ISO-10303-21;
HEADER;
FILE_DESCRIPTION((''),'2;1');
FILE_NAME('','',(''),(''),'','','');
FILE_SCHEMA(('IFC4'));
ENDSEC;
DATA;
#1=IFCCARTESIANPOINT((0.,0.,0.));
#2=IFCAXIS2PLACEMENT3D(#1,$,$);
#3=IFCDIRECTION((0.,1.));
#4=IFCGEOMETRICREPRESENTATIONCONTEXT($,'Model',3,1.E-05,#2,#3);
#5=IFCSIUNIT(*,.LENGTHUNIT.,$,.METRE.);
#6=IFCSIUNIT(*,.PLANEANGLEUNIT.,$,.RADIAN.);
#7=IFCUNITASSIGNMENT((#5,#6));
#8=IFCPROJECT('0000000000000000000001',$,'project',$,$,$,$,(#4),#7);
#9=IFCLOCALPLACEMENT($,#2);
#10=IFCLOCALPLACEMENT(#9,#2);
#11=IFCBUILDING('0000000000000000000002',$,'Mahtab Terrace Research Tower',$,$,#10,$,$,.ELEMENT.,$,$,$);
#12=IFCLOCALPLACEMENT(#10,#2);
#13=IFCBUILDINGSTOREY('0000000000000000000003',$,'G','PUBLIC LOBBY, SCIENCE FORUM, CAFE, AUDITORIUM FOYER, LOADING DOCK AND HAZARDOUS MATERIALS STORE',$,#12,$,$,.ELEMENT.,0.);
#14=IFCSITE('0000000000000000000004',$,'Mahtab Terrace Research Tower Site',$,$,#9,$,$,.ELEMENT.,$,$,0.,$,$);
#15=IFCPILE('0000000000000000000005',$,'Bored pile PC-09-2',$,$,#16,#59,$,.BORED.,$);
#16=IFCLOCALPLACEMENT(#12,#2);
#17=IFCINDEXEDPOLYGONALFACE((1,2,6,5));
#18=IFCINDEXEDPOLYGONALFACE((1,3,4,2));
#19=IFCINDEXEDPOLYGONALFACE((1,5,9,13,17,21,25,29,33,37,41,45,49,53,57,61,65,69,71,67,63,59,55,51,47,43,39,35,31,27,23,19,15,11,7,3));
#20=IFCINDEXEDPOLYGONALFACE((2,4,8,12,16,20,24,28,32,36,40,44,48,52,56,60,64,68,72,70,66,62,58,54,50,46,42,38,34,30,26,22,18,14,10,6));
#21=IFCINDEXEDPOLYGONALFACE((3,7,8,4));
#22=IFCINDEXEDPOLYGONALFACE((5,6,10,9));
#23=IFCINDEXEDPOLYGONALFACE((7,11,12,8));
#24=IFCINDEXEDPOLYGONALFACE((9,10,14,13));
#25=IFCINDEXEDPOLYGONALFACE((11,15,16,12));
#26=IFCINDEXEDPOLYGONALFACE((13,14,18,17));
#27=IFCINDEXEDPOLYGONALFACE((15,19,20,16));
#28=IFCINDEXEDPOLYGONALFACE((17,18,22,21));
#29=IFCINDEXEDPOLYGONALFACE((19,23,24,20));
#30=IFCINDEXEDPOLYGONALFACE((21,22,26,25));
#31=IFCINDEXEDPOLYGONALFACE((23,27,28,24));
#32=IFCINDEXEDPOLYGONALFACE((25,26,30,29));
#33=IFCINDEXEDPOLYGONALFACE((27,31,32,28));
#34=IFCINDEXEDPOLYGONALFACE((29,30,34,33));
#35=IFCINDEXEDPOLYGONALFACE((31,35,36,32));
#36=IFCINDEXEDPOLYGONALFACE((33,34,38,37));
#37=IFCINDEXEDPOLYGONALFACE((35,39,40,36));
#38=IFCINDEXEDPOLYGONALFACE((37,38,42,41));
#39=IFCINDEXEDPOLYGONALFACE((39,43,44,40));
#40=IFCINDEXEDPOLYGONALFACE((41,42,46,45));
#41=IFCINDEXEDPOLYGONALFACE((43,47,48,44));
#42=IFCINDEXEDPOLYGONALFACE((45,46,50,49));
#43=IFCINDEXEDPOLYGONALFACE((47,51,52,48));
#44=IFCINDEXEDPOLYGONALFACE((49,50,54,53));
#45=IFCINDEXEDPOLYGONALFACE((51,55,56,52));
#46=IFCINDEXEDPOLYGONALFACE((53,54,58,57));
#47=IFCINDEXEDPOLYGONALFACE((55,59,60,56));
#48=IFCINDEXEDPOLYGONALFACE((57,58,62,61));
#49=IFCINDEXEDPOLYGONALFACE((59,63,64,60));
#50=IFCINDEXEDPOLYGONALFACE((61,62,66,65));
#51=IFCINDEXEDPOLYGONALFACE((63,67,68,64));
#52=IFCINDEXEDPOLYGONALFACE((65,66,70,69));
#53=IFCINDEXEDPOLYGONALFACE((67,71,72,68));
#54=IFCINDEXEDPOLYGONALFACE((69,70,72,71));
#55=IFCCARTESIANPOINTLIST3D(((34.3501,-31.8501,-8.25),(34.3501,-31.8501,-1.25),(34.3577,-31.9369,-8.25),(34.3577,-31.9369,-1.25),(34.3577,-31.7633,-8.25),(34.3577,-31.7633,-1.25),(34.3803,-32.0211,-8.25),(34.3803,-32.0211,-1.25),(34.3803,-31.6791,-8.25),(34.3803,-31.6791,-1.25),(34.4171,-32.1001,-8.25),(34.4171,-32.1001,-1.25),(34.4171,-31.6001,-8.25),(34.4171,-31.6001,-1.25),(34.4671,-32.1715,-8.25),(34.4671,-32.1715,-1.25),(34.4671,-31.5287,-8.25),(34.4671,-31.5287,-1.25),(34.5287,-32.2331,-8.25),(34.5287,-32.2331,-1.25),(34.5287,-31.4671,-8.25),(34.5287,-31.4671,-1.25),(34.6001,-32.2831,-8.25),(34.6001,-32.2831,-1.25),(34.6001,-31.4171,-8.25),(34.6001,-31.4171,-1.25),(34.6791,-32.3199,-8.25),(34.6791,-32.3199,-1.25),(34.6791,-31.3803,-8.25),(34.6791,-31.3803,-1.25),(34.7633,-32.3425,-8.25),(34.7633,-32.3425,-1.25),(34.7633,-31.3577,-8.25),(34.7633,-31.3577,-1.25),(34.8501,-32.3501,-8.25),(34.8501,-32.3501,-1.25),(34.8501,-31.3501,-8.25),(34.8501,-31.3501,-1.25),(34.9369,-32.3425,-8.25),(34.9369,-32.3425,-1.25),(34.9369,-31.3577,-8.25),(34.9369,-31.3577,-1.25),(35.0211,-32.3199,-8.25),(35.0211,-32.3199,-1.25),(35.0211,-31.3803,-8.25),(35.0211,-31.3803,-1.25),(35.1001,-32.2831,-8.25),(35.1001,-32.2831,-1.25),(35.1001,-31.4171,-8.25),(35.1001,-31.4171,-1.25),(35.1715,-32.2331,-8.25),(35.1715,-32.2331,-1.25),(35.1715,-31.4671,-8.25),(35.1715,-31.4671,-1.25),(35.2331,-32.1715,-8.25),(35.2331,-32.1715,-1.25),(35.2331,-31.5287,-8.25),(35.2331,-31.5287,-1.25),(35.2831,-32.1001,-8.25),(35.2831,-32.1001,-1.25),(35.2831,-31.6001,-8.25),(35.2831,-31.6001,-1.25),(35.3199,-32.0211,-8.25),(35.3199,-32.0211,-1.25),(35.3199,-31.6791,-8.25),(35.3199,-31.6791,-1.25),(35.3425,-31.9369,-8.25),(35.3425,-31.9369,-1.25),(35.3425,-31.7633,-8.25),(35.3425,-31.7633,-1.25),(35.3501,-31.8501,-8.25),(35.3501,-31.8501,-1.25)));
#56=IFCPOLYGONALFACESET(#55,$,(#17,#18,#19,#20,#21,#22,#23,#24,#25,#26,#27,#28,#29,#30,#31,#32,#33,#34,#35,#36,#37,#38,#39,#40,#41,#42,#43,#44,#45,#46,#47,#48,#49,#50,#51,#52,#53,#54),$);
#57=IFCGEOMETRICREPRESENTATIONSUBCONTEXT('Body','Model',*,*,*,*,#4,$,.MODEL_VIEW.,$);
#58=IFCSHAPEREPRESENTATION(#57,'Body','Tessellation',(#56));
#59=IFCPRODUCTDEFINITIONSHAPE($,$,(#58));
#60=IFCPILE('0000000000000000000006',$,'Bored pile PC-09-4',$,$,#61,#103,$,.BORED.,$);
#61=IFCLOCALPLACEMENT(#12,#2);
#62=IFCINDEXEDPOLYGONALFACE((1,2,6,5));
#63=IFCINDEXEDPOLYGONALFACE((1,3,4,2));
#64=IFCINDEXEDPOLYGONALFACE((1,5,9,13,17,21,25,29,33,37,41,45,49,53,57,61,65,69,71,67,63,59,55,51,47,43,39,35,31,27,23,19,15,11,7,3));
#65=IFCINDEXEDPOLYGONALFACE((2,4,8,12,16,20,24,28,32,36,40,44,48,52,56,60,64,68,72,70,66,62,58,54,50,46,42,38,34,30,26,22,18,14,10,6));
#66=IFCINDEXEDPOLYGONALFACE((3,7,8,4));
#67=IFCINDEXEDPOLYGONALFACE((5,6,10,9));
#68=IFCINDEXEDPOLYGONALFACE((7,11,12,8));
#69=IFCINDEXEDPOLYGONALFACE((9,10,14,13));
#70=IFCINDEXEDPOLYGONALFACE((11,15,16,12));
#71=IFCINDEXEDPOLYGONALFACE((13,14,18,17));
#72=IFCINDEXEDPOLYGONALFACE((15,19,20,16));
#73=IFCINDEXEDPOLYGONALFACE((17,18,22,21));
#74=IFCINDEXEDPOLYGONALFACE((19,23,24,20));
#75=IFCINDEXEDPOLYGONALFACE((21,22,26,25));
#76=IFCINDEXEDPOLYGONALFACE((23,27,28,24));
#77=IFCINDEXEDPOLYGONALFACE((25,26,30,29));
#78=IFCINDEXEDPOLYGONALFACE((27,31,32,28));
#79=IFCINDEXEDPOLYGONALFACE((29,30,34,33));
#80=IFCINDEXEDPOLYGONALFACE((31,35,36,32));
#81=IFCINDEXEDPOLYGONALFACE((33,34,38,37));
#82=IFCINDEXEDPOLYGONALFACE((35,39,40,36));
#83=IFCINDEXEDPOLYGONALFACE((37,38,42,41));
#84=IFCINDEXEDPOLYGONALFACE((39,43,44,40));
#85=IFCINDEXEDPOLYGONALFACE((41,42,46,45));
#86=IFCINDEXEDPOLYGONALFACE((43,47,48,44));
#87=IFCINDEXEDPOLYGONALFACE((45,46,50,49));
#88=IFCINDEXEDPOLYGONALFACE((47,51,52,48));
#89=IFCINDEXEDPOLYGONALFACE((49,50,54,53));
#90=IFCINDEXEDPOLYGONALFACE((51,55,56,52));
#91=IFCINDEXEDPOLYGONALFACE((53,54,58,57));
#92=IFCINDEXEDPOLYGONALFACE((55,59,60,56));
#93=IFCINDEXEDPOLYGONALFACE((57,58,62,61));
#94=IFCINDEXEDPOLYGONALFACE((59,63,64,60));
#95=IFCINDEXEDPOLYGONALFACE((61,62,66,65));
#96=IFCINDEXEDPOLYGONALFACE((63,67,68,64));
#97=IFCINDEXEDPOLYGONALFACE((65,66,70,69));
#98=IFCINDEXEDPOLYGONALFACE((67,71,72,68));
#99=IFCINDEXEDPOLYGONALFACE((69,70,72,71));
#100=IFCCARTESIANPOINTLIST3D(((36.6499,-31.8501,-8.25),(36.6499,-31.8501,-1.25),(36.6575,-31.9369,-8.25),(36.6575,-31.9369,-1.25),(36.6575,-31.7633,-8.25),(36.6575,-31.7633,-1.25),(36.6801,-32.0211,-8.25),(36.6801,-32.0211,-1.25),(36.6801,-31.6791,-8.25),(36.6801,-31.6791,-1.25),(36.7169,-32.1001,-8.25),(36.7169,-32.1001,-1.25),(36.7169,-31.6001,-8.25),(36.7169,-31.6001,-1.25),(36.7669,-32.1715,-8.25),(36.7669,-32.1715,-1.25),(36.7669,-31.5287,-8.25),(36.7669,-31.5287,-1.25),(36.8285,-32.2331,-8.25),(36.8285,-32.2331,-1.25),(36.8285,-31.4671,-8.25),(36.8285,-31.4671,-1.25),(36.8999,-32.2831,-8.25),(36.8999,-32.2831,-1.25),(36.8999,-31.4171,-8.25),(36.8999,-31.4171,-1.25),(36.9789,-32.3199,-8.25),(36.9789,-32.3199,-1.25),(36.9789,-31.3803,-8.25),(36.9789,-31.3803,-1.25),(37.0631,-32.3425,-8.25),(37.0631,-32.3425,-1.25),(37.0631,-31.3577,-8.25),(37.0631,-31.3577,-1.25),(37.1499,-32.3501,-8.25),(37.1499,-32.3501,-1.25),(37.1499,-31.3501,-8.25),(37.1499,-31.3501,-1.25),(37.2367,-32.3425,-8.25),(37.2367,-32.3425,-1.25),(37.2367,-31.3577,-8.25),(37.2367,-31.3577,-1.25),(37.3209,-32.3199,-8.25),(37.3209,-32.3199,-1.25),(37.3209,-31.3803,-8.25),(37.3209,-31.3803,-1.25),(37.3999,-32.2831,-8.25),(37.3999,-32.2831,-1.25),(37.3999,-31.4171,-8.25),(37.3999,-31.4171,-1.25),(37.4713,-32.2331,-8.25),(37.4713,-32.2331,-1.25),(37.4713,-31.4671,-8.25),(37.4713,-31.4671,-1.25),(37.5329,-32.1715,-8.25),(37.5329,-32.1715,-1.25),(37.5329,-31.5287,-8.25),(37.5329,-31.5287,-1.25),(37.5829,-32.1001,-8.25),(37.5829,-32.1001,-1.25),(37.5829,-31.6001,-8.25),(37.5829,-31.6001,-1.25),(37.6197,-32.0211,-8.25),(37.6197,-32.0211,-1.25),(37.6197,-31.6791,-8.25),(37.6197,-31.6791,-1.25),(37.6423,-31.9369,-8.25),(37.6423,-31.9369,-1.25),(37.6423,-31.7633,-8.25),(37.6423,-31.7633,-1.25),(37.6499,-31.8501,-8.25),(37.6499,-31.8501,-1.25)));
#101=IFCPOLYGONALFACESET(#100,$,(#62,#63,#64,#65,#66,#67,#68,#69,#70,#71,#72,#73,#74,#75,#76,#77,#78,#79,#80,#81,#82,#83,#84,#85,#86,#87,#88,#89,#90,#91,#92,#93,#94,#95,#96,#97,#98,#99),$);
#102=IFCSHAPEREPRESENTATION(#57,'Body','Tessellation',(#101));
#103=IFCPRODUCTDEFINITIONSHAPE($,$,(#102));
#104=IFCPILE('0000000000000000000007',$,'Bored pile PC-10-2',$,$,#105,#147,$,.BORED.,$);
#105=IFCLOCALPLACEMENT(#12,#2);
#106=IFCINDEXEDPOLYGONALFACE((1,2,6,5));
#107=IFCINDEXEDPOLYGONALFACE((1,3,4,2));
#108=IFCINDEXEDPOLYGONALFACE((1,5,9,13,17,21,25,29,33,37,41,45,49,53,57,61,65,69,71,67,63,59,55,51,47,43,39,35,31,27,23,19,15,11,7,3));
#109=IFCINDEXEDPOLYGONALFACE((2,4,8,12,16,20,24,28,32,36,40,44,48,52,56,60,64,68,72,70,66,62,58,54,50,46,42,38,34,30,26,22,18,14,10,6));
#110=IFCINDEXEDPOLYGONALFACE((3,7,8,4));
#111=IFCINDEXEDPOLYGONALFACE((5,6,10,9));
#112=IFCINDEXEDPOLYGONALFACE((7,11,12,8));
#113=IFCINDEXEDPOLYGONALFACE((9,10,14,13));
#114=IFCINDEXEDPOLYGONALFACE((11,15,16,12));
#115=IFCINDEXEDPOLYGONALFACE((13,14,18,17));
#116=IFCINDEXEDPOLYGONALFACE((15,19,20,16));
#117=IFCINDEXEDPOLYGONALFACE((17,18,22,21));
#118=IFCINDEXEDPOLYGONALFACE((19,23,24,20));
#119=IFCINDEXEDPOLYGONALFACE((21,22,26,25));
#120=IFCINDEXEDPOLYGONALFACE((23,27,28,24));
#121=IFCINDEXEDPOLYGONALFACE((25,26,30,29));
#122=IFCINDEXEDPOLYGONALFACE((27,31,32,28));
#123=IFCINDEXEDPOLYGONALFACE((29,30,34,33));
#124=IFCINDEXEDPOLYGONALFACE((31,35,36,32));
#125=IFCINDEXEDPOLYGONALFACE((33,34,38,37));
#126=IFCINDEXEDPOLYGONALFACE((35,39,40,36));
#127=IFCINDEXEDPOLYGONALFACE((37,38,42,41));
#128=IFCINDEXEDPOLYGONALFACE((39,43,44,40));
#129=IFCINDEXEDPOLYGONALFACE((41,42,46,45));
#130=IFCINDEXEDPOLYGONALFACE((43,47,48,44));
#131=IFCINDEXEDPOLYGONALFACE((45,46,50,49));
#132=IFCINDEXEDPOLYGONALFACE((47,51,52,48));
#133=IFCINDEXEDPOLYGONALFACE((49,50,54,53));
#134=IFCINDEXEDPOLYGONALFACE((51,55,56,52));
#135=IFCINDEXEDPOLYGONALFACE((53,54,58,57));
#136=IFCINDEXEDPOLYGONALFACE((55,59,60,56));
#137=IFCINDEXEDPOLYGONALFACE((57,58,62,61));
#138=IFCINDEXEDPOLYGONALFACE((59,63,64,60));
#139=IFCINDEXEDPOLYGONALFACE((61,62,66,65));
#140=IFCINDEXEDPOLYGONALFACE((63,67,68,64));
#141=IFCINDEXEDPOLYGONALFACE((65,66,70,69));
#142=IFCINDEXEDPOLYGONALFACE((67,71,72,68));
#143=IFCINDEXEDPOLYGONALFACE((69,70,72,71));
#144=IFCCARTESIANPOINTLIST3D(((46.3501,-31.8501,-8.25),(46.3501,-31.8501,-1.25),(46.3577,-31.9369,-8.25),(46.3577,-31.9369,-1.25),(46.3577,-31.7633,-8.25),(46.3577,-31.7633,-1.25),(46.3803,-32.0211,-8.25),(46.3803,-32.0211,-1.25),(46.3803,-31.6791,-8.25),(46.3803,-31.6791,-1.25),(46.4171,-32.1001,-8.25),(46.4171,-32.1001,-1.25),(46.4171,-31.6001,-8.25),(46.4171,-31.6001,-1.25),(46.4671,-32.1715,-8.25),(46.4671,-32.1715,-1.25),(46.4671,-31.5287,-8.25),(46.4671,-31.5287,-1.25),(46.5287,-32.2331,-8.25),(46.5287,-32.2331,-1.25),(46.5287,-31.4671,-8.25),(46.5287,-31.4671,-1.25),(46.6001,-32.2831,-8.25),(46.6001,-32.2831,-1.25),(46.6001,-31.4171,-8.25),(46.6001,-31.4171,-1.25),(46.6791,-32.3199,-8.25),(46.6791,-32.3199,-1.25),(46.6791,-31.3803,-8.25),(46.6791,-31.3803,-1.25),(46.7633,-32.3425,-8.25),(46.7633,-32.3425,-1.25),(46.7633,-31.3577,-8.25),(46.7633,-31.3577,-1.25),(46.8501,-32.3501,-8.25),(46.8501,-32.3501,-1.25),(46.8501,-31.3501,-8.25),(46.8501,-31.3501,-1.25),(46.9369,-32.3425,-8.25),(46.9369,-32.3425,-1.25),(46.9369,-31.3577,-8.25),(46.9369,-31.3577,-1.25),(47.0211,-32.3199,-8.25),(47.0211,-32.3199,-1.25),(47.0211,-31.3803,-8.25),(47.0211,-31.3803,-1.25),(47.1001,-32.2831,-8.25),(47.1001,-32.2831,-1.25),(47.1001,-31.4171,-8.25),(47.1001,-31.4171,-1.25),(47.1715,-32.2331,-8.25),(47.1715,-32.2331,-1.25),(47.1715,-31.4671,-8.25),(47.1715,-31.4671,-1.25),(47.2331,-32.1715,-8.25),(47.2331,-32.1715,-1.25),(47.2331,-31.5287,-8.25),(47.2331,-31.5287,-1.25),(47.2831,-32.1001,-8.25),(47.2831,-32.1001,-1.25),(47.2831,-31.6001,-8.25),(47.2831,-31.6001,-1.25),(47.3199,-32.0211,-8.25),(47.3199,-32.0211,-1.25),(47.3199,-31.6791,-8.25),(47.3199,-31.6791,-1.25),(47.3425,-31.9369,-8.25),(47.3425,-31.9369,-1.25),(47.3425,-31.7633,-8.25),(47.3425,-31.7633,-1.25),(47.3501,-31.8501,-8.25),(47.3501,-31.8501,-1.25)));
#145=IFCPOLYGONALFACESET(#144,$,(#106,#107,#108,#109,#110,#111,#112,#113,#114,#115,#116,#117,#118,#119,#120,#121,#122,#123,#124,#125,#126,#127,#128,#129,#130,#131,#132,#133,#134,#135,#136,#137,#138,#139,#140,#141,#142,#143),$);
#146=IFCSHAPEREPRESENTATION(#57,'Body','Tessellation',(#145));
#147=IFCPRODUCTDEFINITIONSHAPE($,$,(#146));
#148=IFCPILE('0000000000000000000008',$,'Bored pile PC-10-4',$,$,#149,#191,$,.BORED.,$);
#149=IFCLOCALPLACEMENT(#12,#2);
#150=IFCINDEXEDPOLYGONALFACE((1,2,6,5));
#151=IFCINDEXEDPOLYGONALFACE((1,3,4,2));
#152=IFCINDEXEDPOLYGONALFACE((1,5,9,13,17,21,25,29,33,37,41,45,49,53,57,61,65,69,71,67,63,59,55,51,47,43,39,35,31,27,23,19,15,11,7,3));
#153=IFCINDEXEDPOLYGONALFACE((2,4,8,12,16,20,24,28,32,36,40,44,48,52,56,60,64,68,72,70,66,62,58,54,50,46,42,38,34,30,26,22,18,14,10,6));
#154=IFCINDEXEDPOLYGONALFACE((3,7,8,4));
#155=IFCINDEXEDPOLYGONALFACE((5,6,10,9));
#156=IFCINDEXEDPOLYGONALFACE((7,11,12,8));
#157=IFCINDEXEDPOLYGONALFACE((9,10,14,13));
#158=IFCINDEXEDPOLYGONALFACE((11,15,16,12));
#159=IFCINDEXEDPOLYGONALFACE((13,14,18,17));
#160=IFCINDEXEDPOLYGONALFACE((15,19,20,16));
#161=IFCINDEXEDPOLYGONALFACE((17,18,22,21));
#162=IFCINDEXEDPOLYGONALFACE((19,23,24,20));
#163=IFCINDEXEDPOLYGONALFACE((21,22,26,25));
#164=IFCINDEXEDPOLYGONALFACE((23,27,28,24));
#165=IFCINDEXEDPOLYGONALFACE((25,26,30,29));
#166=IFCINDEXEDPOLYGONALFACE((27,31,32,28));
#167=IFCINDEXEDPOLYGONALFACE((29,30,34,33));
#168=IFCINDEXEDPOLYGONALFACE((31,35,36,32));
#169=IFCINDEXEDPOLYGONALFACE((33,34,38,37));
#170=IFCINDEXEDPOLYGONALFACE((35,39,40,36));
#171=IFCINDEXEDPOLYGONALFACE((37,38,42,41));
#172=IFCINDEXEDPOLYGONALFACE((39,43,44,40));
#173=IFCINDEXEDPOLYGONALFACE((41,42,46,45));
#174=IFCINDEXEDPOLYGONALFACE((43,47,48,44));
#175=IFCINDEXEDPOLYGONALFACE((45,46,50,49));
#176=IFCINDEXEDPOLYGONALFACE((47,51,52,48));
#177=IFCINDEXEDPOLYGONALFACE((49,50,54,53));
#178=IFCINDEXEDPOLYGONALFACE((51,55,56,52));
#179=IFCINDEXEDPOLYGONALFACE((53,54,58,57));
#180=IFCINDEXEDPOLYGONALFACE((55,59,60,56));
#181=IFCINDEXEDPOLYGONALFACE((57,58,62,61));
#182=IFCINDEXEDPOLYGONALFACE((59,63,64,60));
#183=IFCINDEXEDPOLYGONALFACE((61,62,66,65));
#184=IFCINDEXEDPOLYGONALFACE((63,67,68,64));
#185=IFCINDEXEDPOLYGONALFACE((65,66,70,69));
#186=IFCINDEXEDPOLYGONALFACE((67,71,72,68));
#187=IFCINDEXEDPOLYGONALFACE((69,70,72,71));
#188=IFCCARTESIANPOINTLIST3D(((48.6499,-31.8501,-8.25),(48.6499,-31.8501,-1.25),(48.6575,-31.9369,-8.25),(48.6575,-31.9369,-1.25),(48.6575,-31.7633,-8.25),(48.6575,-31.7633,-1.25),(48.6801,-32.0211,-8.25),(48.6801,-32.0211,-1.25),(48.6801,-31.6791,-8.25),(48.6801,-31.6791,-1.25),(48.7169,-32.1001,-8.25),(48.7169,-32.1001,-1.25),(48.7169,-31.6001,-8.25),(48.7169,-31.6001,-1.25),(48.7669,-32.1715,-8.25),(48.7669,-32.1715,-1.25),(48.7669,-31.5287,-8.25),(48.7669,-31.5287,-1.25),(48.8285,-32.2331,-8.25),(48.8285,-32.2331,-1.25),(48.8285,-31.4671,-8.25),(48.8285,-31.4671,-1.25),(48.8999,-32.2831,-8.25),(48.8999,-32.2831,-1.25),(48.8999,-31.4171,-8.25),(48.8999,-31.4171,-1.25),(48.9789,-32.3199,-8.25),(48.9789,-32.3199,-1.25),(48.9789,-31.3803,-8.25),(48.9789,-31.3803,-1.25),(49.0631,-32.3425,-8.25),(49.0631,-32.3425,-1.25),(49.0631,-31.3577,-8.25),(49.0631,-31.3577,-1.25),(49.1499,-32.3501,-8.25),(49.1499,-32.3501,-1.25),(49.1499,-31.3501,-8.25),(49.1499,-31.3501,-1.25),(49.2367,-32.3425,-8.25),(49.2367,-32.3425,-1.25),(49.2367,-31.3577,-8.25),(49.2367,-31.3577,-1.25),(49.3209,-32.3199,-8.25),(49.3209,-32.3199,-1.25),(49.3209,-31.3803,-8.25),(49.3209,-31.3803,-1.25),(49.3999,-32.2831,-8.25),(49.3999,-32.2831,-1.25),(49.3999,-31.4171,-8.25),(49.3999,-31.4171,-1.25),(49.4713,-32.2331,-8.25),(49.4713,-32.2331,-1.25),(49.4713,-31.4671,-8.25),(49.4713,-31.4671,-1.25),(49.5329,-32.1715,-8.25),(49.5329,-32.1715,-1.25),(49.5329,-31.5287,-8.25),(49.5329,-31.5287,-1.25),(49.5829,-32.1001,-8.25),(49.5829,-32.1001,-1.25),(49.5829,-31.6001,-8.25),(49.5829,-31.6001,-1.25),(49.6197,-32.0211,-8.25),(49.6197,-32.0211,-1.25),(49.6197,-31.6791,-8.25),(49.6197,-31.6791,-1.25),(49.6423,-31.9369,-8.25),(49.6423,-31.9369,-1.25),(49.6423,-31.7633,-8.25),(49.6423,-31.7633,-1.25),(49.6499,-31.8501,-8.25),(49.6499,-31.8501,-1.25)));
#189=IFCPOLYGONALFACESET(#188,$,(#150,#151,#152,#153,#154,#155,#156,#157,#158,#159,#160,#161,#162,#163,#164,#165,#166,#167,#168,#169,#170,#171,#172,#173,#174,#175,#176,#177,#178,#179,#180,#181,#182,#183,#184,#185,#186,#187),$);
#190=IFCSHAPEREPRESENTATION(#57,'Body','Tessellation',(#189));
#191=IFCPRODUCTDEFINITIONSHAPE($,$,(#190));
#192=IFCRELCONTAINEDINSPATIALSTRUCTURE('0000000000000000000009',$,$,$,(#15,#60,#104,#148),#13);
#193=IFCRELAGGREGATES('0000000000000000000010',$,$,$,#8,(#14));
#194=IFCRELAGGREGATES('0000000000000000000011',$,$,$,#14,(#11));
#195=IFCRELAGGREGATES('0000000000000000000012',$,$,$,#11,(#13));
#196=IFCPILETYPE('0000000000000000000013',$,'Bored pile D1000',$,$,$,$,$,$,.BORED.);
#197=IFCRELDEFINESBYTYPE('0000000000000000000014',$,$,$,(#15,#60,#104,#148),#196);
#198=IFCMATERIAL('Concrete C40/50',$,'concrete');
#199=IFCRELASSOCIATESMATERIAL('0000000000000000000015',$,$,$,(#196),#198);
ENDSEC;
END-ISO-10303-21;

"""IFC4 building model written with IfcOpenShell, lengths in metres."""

from ifc_helpers import new_model, si_unit, direction, frame, origin, origin_2d, place, context, subcontext, project, spatial, circle, extrude, material, material_profile, profile_set, type_object, element, save


model = new_model("IFC4")

# Units and contexts
model_context = context("Model", 3, precision=1e-05, world=origin(), true_north=direction((0.0, 1.0)))
body_context = subcontext(model_context, "Body", "Model", "MODEL_VIEW")
ifc_project = project(units=[si_unit("LENGTHUNIT", "METRE"), si_unit("PLANEANGLEUNIT", "RADIAN")], contexts=[model_context])

# Site, building, storey
site_placement = place(None, origin())
site = spatial("IfcSite", under=ifc_project, at=site_placement, Name="Mahtab Terrace Research Tower Site", CompositionType="ELEMENT", RefElevation=0.0)
building_placement = place(site_placement, origin())
building = spatial("IfcBuilding", under=site, at=building_placement, Name="Mahtab Terrace Research Tower", CompositionType="ELEMENT")
storey_placement = place(building_placement, origin())
storey = spatial("IfcBuildingStorey", under=building, at=storey_placement, Name="G", Description="PUBLIC LOBBY, SCIENCE FORUM, CAFE, AUDITORIUM FOYER, LOADING DOCK AND HAZARDOUS MATERIALS STORE", CompositionType="ELEMENT", Elevation=0.0)

# Piles
ifc_material_1 = material(Name="Concrete C40/50", Category="concrete")
ifc_material_profile_1 = material_profile(ifc_material_1, circle(Radius=0.5, at=origin_2d()), Name="Bored pile D1000")
ifc_profile_set_1 = profile_set([ifc_material_profile_1], Name="Concrete C40/50")
pile_type_1 = type_object("IfcPileType", Name="Bored pile D1000", PredefinedType="BORED", material=ifc_profile_set_1)
for number, where, z_axis, x_axis, name in (
    (1, (34.8501, -31.8501, -1.25), (0.0, 0.0, -1.0), (1.0, 0.0, 0.0), "Bored pile PC-09-2"),
    (2, (37.1499, -31.8501, -1.25), (0.0, 0.0, -1.0), (1.0, 0.0, 0.0), "Bored pile PC-09-4"),
    (3, (46.8501, -31.8501, -1.25), (0.0, 0.0, -1.0), (1.0, 0.0, 0.0), "Bored pile PC-10-2"),
    (4, (49.1499, -31.8501, -1.25), (0.0, 0.0, -1.0), (1.0, 0.0, 0.0), "Bored pile PC-10-4"),
):
    element("IfcPile", number, at=place(storey_placement, frame(where, z_axis=z_axis, x_axis=x_axis)), inside=storey, type_object=pile_type_1, Name=name, PredefinedType="BORED", context=body_context, shape_type="SweptSolid", body=[
        extrude(circle(Radius=0.5, at=origin_2d()), origin(), (0.0, 0.0, 1.0), 7.0),
    ])

save(model, "model.ifc")
